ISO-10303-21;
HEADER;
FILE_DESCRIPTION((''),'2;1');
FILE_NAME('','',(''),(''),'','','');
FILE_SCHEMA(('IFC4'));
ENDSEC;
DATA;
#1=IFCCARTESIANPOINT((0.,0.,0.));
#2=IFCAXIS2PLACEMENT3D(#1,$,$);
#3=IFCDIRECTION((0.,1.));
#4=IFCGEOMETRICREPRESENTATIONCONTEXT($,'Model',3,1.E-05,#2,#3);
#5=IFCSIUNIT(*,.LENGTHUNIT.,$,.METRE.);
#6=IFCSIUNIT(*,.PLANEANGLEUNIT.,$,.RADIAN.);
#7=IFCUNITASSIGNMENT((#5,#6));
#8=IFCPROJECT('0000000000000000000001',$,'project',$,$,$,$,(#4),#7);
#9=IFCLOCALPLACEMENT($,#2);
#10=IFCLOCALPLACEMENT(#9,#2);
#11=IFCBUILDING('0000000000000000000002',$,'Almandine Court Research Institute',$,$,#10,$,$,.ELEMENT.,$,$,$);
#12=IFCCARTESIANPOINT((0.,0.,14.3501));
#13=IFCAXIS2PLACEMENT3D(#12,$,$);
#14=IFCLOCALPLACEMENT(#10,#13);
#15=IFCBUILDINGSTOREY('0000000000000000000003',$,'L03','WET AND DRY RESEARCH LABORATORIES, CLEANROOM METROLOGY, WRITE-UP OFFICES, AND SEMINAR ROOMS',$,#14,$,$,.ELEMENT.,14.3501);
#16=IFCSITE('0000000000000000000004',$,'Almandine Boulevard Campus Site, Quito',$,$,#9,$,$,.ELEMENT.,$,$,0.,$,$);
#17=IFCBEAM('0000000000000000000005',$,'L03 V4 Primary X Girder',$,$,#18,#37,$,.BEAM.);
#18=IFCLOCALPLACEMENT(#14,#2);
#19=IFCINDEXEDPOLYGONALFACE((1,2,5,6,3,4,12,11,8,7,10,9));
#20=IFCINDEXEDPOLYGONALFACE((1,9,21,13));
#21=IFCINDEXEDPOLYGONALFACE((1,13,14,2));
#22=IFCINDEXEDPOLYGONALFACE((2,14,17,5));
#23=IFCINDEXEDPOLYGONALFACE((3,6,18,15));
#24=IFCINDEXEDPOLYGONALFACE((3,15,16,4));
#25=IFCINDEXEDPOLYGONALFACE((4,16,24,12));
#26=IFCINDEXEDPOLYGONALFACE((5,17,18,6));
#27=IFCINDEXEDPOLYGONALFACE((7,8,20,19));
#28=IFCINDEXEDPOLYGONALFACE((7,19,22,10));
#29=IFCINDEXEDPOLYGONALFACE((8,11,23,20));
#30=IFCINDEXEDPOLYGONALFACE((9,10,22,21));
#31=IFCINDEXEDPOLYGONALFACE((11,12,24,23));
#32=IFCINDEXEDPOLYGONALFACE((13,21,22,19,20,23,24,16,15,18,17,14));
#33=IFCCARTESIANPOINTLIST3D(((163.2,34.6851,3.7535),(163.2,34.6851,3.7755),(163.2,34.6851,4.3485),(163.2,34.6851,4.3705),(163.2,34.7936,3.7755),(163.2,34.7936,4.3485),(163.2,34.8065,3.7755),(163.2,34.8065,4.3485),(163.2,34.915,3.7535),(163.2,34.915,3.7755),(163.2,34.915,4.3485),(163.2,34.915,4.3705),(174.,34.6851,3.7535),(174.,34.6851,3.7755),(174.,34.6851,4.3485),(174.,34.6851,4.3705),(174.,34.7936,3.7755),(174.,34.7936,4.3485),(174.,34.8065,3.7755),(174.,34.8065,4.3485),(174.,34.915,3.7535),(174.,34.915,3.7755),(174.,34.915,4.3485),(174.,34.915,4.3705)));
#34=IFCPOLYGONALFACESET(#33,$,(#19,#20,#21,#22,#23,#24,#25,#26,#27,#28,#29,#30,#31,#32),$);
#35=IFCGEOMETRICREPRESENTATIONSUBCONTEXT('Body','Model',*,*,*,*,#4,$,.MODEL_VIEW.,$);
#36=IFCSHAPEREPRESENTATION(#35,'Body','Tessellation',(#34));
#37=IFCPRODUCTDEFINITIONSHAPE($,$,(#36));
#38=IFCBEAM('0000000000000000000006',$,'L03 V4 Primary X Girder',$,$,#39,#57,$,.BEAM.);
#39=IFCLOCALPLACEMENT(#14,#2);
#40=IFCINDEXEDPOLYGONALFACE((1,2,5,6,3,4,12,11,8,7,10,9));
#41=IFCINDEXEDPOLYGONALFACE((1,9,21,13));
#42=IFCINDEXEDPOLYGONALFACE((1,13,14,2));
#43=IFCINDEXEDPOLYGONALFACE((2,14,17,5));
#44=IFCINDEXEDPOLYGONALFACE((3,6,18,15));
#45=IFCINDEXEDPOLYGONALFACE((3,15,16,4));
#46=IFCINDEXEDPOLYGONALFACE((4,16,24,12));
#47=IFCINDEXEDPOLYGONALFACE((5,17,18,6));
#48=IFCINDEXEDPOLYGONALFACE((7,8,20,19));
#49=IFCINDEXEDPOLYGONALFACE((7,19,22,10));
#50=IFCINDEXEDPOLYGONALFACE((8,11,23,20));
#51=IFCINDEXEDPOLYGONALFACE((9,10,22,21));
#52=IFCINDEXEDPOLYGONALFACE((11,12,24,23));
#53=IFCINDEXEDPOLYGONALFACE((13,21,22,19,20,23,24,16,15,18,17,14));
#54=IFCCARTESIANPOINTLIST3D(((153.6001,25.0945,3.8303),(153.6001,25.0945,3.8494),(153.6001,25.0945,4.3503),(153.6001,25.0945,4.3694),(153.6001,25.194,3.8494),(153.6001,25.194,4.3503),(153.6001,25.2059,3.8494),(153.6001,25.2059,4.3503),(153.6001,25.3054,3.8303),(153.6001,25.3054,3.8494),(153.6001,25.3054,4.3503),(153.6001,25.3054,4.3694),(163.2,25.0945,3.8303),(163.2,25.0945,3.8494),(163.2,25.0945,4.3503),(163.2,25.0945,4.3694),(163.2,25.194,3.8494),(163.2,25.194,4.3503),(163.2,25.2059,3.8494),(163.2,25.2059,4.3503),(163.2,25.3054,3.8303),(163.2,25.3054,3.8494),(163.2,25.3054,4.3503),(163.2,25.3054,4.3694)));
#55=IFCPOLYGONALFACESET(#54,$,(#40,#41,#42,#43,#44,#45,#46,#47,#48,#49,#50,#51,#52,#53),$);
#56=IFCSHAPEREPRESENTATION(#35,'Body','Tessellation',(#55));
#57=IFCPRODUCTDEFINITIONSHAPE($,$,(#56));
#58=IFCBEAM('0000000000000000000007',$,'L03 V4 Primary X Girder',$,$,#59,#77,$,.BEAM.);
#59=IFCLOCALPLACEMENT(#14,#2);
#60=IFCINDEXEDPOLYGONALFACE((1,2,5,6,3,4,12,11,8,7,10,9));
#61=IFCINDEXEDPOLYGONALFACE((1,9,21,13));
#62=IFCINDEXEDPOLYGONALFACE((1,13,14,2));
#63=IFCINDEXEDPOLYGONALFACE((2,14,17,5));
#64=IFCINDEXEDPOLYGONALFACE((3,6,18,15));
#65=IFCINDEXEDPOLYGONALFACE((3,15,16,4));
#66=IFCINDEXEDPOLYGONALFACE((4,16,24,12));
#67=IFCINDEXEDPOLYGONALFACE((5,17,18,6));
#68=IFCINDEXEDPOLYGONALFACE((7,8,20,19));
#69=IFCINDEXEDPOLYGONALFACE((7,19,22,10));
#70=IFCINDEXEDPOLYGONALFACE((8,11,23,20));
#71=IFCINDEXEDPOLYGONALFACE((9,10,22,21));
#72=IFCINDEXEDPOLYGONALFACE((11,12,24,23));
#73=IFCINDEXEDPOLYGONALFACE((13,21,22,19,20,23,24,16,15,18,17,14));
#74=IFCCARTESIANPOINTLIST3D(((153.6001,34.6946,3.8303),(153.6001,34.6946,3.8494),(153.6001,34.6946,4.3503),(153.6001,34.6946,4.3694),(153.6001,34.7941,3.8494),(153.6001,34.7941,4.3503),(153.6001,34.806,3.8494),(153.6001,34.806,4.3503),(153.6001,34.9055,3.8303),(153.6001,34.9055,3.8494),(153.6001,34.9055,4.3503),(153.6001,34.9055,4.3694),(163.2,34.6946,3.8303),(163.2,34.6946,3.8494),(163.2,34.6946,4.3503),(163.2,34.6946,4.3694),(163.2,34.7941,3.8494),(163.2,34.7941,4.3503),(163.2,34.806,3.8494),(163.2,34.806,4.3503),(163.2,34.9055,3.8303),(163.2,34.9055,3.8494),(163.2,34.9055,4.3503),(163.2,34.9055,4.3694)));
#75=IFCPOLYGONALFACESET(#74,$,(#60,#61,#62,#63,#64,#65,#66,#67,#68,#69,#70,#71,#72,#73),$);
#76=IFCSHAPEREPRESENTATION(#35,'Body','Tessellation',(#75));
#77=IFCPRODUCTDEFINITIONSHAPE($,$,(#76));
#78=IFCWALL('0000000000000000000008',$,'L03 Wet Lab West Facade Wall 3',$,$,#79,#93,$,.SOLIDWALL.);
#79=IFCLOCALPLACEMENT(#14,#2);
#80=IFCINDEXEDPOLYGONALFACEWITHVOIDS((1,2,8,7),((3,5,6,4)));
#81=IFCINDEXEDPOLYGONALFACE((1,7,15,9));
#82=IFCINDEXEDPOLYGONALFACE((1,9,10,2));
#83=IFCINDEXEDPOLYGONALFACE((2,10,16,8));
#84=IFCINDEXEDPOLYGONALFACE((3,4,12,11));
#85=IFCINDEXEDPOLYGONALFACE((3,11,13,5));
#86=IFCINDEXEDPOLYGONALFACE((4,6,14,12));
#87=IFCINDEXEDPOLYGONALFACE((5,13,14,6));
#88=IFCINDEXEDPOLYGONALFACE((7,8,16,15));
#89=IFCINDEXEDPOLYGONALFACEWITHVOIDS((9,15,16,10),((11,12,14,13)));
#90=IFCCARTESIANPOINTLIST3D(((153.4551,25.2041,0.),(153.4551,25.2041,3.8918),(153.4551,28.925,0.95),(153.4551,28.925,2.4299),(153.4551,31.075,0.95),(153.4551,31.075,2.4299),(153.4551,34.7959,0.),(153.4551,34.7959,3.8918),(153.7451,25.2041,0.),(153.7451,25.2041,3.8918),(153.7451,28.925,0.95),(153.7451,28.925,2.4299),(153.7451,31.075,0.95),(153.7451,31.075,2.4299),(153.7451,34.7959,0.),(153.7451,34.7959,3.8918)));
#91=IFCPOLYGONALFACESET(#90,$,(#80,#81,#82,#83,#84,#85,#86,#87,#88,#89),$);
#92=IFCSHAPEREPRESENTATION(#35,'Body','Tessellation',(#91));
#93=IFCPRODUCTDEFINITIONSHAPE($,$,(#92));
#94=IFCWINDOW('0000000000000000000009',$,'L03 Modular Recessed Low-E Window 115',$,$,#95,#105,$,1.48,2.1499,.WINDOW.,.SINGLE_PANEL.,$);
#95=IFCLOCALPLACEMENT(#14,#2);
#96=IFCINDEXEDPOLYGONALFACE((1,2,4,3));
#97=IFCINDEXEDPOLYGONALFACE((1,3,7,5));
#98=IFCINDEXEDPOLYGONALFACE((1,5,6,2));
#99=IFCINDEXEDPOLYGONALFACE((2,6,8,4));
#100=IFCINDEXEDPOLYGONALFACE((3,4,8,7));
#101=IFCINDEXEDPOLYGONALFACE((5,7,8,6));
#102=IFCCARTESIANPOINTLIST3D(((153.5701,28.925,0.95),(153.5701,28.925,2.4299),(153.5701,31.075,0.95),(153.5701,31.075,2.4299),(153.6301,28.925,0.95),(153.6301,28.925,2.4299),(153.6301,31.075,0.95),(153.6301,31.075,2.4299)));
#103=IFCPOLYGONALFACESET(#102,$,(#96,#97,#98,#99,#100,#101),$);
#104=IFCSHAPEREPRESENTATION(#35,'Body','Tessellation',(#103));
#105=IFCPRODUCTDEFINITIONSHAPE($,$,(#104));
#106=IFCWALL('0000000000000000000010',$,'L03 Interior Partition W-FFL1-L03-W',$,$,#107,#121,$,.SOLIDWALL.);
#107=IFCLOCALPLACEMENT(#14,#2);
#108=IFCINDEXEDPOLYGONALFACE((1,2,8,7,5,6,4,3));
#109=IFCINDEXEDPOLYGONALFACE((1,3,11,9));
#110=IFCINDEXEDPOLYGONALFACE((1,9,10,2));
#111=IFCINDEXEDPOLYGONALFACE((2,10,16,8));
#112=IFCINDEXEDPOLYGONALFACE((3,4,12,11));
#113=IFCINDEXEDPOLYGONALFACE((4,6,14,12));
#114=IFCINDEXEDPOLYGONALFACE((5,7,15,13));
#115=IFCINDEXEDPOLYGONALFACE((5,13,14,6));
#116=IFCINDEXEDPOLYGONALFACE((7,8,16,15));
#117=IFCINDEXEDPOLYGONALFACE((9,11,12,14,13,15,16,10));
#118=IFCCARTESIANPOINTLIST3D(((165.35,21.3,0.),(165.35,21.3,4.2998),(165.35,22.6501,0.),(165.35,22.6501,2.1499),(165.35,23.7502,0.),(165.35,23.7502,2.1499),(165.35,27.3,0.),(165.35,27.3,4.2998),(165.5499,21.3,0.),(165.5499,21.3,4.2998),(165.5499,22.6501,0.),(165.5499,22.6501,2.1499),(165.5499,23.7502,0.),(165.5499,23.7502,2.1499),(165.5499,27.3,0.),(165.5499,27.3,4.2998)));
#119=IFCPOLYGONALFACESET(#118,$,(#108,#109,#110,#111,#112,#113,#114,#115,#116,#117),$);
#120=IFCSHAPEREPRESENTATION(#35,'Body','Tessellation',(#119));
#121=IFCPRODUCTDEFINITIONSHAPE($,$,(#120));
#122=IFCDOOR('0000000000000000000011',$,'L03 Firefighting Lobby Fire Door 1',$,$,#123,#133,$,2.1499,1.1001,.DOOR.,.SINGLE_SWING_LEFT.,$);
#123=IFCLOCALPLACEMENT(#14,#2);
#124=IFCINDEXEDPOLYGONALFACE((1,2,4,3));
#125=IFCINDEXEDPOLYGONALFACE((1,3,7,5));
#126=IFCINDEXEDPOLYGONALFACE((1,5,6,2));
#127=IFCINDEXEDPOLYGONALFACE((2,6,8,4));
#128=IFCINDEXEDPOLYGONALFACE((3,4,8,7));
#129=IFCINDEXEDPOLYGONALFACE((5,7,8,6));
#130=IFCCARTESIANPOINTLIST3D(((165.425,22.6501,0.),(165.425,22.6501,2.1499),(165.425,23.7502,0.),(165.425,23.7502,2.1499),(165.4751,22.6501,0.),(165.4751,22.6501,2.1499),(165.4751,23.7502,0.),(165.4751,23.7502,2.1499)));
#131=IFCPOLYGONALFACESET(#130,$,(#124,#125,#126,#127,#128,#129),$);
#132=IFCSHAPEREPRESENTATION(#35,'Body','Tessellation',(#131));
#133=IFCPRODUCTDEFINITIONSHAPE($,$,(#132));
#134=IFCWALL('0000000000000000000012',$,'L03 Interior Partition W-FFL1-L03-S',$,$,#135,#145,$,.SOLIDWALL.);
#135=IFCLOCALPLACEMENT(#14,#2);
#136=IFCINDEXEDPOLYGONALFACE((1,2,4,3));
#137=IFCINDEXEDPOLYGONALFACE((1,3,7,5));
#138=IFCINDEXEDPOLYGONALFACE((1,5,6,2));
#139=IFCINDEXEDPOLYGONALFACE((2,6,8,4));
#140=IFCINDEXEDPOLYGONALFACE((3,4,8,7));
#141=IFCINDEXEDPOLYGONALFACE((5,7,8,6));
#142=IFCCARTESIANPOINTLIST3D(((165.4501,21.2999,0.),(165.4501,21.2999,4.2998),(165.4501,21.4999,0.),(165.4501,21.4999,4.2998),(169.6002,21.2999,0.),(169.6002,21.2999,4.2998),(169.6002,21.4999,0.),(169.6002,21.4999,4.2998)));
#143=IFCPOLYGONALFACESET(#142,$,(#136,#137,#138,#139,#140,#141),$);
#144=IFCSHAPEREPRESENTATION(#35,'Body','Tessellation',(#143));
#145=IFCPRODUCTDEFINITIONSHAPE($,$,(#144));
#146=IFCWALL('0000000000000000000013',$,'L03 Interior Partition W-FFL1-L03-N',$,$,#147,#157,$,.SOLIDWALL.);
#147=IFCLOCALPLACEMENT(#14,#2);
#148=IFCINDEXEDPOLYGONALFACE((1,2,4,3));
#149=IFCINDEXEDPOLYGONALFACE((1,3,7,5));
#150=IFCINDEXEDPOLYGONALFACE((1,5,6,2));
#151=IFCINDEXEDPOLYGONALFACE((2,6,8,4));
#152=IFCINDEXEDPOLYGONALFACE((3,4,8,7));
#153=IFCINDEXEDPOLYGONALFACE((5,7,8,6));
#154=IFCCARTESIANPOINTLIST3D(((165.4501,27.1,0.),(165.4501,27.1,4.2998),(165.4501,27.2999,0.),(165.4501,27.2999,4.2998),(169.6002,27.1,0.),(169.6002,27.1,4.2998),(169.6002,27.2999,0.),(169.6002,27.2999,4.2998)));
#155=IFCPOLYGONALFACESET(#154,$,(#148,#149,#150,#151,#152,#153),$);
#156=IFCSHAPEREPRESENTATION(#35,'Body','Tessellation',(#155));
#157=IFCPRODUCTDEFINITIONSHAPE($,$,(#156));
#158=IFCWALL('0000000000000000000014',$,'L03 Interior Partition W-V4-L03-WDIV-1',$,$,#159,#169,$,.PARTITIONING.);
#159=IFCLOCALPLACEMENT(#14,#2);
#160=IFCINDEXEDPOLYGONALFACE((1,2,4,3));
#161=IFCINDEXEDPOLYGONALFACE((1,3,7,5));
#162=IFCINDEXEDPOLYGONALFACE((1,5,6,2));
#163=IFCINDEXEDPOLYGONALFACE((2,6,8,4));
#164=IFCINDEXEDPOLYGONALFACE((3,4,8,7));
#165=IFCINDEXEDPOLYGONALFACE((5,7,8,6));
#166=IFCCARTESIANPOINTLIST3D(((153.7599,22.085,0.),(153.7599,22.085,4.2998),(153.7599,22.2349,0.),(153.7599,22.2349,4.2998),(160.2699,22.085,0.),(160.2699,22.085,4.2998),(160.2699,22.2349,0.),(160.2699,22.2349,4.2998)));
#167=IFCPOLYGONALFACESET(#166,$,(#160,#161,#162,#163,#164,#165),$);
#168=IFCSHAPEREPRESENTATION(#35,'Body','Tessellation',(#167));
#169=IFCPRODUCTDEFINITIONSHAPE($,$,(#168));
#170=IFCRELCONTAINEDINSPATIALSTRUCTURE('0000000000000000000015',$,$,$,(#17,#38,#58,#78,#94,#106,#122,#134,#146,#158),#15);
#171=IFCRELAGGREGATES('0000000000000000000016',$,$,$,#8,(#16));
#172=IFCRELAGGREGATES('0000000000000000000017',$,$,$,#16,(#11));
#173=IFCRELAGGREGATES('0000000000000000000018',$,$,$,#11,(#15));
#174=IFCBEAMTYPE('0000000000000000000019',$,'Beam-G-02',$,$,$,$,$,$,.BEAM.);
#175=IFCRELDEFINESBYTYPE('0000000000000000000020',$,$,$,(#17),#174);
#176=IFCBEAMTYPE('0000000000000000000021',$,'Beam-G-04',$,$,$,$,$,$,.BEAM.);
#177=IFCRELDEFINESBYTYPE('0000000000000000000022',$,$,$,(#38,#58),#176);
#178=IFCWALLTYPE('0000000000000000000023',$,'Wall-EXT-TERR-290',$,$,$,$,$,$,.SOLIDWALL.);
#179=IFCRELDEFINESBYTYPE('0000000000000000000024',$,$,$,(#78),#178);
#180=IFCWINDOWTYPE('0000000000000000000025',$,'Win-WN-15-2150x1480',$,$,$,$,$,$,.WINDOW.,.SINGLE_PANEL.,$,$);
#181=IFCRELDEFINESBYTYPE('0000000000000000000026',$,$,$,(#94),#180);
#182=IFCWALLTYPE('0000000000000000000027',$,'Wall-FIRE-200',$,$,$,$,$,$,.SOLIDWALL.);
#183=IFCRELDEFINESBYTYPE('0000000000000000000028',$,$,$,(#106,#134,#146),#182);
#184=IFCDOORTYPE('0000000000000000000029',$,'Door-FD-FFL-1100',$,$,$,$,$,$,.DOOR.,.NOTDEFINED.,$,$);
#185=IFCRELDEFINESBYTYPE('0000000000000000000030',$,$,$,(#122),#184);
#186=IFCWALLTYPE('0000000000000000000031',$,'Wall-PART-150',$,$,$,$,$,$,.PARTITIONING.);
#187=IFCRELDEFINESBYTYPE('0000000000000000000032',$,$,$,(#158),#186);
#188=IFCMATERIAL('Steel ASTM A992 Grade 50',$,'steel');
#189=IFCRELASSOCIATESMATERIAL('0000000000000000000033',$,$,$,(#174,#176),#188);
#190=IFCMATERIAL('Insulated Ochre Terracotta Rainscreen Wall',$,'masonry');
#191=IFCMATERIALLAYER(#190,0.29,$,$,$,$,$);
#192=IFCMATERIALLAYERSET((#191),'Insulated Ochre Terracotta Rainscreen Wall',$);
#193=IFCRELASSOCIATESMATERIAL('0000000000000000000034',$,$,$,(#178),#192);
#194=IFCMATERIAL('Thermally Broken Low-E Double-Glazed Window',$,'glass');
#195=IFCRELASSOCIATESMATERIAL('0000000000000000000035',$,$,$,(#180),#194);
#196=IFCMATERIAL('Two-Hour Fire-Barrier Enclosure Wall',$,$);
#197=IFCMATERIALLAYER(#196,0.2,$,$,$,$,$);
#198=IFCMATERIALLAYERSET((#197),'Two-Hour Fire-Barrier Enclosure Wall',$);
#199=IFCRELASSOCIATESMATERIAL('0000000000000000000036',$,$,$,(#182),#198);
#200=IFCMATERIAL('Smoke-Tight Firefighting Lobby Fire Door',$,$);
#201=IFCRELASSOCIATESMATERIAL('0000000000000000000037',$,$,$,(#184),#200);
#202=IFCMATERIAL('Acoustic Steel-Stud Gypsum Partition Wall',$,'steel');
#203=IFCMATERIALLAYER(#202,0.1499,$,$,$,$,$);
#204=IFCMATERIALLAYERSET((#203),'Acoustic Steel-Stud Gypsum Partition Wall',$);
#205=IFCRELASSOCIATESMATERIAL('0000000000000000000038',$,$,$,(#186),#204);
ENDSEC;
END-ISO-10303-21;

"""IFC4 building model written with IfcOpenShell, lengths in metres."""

from ifc_helpers import new_model, si_unit, direction, frame, frame_2d, origin, origin_2d, place, context, subcontext, project, spatial, rectangle, i_section, extrude, material, layer, layer_set, material_profile, profile_set, type_object, element, fill, save


model = new_model("IFC4")

# Units and contexts
model_context = context("Model", 3, precision=1e-05, world=origin(), true_north=direction((0.0, 1.0)))
body_context = subcontext(model_context, "Body", "Model", "MODEL_VIEW")
ifc_project = project(units=[si_unit("LENGTHUNIT", "METRE"), si_unit("PLANEANGLEUNIT", "RADIAN")], contexts=[model_context])

# Site, building, storey
site_placement = place(None, origin())
site = spatial("IfcSite", under=ifc_project, at=site_placement, Name="Almandine Boulevard Campus Site, Quito", CompositionType="ELEMENT", RefElevation=0.0)
building_placement = place(site_placement, origin())
building = spatial("IfcBuilding", under=site, at=building_placement, Name="Almandine Court Research Institute", CompositionType="ELEMENT")
storey_placement = place(building_placement, frame((0.0, 0.0, 14.3501)))
storey = spatial("IfcBuildingStorey", under=building, at=storey_placement, Name="L03", Description="WET AND DRY RESEARCH LABORATORIES, CLEANROOM METROLOGY, WRITE-UP OFFICES, AND SEMINAR ROOMS", CompositionType="ELEMENT", Elevation=14.3501)

# Shared definitions
ifc_material_1 = material(Name="Steel ASTM A992 Grade 50", Category="steel")

# Beams
ifc_material_profile_1 = material_profile(ifc_material_1, i_section(OverallWidth=0.23, OverallDepth=0.6169, WebThickness=0.0129, FlangeThickness=0.022, at=origin_2d()), Name="W610x140")
ifc_profile_set_1 = profile_set([ifc_material_profile_1], Name="Steel ASTM A992 Grade 50")
beam_type_1 = type_object("IfcBeamType", Name="Beam-G-02", PredefinedType="BEAM", material=ifc_profile_set_1)
beam_1_placement = place(storey_placement, frame((163.2, 34.8, 4.062), z_axis=(1.0, 0.0, 0.0), x_axis=(0.0, 1.0, 0.0)))
element("IfcBeam", 1, at=beam_1_placement, inside=storey, type_object=beam_type_1, Name="L03 V4 Primary X Girder", PredefinedType="BEAM", context=body_context, shape_type="SweptSolid", body=[
    extrude(i_section(OverallWidth=0.23, OverallDepth=0.6169, WebThickness=0.0129, FlangeThickness=0.022, at=origin_2d()), origin(), (0.0, 0.0, 1.0), 10.8),
])
ifc_material_profile_2 = material_profile(ifc_material_1, i_section(OverallWidth=0.2109, OverallDepth=0.5391, WebThickness=0.012, FlangeThickness=0.019, at=origin_2d()), Name="W530x109")
ifc_profile_set_2 = profile_set([ifc_material_profile_2], Name="Steel ASTM A992 Grade 50")
beam_type_2 = type_object("IfcBeamType", Name="Beam-G-04", PredefinedType="BEAM", material=ifc_profile_set_2)
for number, where, z_axis, x_axis, name in (
    (2, (153.6001, 25.2, 4.0999), (1.0, 0.0, 0.0), (0.0, 1.0, 0.0), "L03 V4 Primary X Girder"),
    (3, (153.6001, 34.8, 4.0999), (1.0, 0.0, 0.0), (0.0, 1.0, 0.0), "L03 V4 Primary X Girder"),
):
    element("IfcBeam", number, at=place(storey_placement, frame(where, z_axis=z_axis, x_axis=x_axis)), inside=storey, type_object=beam_type_2, Name=name, PredefinedType="BEAM", context=body_context, shape_type="SweptSolid", body=[
        extrude(i_section(OverallWidth=0.2109, OverallDepth=0.5391, WebThickness=0.012, FlangeThickness=0.019, at=origin_2d()), origin(), (0.0, 0.0, 1.0), 9.5999),
    ])

# Wall, opening, window
ifc_material_2 = material(Name="Insulated Ochre Terracotta Rainscreen Wall", Category="masonry")
ifc_layer_1 = layer(ifc_material_2, 0.29)
ifc_layer_set_1 = layer_set([ifc_layer_1], Name="Insulated Ochre Terracotta Rainscreen Wall")
wall_type_1 = type_object("IfcWallType", Name="Wall-EXT-TERR-290", PredefinedType="SOLIDWALL", material=ifc_layer_set_1)
wall_1_placement = place(storey_placement, frame((153.6001, 25.2041, 0.0), z_axis=(0.0, 0.0, 1.0), x_axis=(0.0, 1.0, 0.0)))
wall_1 = element("IfcWall", 4, at=wall_1_placement, inside=storey, type_object=wall_type_1, Name="L03 Wet Lab West Facade Wall 3", PredefinedType="SOLIDWALL", context=body_context, shape_type="SweptSolid", body=[
    extrude(rectangle(XDim=9.5918, YDim=0.29, at=frame_2d((4.7959, 0.0))), origin(), (0.0, 0.0, 1.0), 3.8918),
])
opening_1_placement = place(wall_1_placement, frame((3.7209, 0.0, 0.95)))
opening_1 = element("IfcOpeningElement", 5, at=opening_1_placement, cuts=wall_1, PredefinedType="OPENING", context=body_context, shape_type="SweptSolid", body=[
    extrude(rectangle(XDim=2.1499, YDim=1.48, at=frame_2d((1.075, 0.74))), frame((0.0, 0.155, 0.0), z_axis=(0.0, -1.0, 0.0), x_axis=(1.0, 0.0, 0.0)), (0.0, 0.0, 1.0), 0.3101),
])
ifc_material_3 = material(Name="Thermally Broken Low-E Double-Glazed Window", Category="glass")
window_type = type_object("IfcWindowType", Name="Win-WN-15-2150x1480", PartitioningType="SINGLE_PANEL", PredefinedType="WINDOW", material=ifc_material_3)
window_placement = place(opening_1_placement, origin())
window = element("IfcWindow", 6, at=window_placement, inside=storey, type_object=window_type, Name="L03 Modular Recessed Low-E Window 115", OverallHeight=1.48, OverallWidth=2.1499, PartitioningType="SINGLE_PANEL", PredefinedType="WINDOW", context=body_context, shape_type="SweptSolid", body=[
    extrude(rectangle(XDim=2.1499, YDim=1.48, at=frame_2d((1.075, 0.74))), frame((0.0, 0.03, 0.0), z_axis=(0.0, -1.0, 0.0), x_axis=(1.0, 0.0, 0.0)), (0.0, 0.0, 1.0), 0.0601),
])
fill(opening_1, window)

# Wall, opening, door
ifc_material_4 = material(Name="Two-Hour Fire-Barrier Enclosure Wall")
ifc_layer_2 = layer(ifc_material_4, 0.2)
ifc_layer_set_2 = layer_set([ifc_layer_2], Name="Two-Hour Fire-Barrier Enclosure Wall")
wall_type_2 = type_object("IfcWallType", Name="Wall-FIRE-200", PredefinedType="SOLIDWALL", material=ifc_layer_set_2)
wall_2_placement = place(storey_placement, frame((165.45, 21.3, 0.0), z_axis=(0.0, 0.0, 1.0), x_axis=(0.0, 1.0, 0.0)))
wall_2 = element("IfcWall", 7, at=wall_2_placement, inside=storey, type_object=wall_type_2, Name="L03 Interior Partition W-FFL1-L03-W", PredefinedType="SOLIDWALL", context=body_context, shape_type="SweptSolid", body=[
    extrude(rectangle(XDim=6.0, YDim=0.2, at=frame_2d((3.0, 0.0))), origin(), (0.0, 0.0, 1.0), 4.2998),
])
opening_2_placement = place(wall_2_placement, frame((1.3501, 0.0, 0.0)))
opening_2 = element("IfcOpeningElement", 8, at=opening_2_placement, cuts=wall_2, PredefinedType="OPENING", context=body_context, shape_type="SweptSolid", body=[
    extrude(rectangle(XDim=1.1001, YDim=2.1499, at=frame_2d((0.55, 1.075))), frame((0.0, 0.1099, 0.0), z_axis=(0.0, -1.0, 0.0), x_axis=(1.0, 0.0, 0.0)), (0.0, 0.0, 1.0), 0.22),
])
ifc_material_5 = material(Name="Smoke-Tight Firefighting Lobby Fire Door")
door_type_1 = type_object("IfcDoorType", Name="Door-FD-FFL-1100", OperationType="NOTDEFINED", PredefinedType="DOOR", material=ifc_material_5)
door_1_placement = place(opening_2_placement, origin())
door_1 = element("IfcDoor", 9, at=door_1_placement, inside=storey, type_object=door_type_1, Name="L03 Firefighting Lobby Fire Door 1", OperationType="SINGLE_SWING_LEFT", OverallHeight=2.1499, OverallWidth=1.1001, PredefinedType="DOOR", context=body_context, shape_type="SweptSolid", body=[
    extrude(rectangle(XDim=1.1001, YDim=2.1499, at=frame_2d((0.55, 1.075))), frame((0.0, 0.0249, 0.0), z_axis=(0.0, -1.0, 0.0), x_axis=(1.0, 0.0, 0.0)), (0.0, 0.0, 1.0), 0.05),
])
fill(opening_2, door_1)

# Walls
for number, where, z_axis, x_axis, name in (
    (10, (165.45, 21.3999, 0.0), (0.0, 0.0, 1.0), (1.0, 0.0, 0.0), "L03 Interior Partition W-FFL1-L03-S"),
    (11, (165.45, 27.2, 0.0), (0.0, 0.0, 1.0), (1.0, 0.0, 0.0), "L03 Interior Partition W-FFL1-L03-N"),
):
    element("IfcWall", number, at=place(storey_placement, frame(where, z_axis=z_axis, x_axis=x_axis)), inside=storey, type_object=wall_type_2, Name=name, PredefinedType="SOLIDWALL", context=body_context, shape_type="SweptSolid", body=[
        extrude(rectangle(XDim=4.1501, YDim=0.2, at=frame_2d((2.0752, 0.0))), origin(), (0.0, 0.0, 1.0), 4.2998),
    ])
ifc_material_6 = material(Name="Acoustic Steel-Stud Gypsum Partition Wall", Category="steel")
ifc_layer_3 = layer(ifc_material_6, 0.1499)
ifc_layer_set_3 = layer_set([ifc_layer_3], Name="Acoustic Steel-Stud Gypsum Partition Wall")
wall_type_3 = type_object("IfcWallType", Name="Wall-PART-150", PredefinedType="PARTITIONING", material=ifc_layer_set_3)
wall_3_placement = place(storey_placement, frame((153.76, 22.1599, 0.0), z_axis=(0.0, 0.0, 1.0), x_axis=(1.0, 0.0, 0.0)))
element("IfcWall", 12, at=wall_3_placement, inside=storey, type_object=wall_type_3, Name="L03 Interior Partition W-V4-L03-WDIV-1", PredefinedType="PARTITIONING", context=body_context, shape_type="SweptSolid", body=[
    extrude(rectangle(XDim=6.51, YDim=0.1499, at=frame_2d((3.2549, 0.0))), origin(), (0.0, 0.0, 1.0), 4.2998),
])

save(model, "model.ifc")
